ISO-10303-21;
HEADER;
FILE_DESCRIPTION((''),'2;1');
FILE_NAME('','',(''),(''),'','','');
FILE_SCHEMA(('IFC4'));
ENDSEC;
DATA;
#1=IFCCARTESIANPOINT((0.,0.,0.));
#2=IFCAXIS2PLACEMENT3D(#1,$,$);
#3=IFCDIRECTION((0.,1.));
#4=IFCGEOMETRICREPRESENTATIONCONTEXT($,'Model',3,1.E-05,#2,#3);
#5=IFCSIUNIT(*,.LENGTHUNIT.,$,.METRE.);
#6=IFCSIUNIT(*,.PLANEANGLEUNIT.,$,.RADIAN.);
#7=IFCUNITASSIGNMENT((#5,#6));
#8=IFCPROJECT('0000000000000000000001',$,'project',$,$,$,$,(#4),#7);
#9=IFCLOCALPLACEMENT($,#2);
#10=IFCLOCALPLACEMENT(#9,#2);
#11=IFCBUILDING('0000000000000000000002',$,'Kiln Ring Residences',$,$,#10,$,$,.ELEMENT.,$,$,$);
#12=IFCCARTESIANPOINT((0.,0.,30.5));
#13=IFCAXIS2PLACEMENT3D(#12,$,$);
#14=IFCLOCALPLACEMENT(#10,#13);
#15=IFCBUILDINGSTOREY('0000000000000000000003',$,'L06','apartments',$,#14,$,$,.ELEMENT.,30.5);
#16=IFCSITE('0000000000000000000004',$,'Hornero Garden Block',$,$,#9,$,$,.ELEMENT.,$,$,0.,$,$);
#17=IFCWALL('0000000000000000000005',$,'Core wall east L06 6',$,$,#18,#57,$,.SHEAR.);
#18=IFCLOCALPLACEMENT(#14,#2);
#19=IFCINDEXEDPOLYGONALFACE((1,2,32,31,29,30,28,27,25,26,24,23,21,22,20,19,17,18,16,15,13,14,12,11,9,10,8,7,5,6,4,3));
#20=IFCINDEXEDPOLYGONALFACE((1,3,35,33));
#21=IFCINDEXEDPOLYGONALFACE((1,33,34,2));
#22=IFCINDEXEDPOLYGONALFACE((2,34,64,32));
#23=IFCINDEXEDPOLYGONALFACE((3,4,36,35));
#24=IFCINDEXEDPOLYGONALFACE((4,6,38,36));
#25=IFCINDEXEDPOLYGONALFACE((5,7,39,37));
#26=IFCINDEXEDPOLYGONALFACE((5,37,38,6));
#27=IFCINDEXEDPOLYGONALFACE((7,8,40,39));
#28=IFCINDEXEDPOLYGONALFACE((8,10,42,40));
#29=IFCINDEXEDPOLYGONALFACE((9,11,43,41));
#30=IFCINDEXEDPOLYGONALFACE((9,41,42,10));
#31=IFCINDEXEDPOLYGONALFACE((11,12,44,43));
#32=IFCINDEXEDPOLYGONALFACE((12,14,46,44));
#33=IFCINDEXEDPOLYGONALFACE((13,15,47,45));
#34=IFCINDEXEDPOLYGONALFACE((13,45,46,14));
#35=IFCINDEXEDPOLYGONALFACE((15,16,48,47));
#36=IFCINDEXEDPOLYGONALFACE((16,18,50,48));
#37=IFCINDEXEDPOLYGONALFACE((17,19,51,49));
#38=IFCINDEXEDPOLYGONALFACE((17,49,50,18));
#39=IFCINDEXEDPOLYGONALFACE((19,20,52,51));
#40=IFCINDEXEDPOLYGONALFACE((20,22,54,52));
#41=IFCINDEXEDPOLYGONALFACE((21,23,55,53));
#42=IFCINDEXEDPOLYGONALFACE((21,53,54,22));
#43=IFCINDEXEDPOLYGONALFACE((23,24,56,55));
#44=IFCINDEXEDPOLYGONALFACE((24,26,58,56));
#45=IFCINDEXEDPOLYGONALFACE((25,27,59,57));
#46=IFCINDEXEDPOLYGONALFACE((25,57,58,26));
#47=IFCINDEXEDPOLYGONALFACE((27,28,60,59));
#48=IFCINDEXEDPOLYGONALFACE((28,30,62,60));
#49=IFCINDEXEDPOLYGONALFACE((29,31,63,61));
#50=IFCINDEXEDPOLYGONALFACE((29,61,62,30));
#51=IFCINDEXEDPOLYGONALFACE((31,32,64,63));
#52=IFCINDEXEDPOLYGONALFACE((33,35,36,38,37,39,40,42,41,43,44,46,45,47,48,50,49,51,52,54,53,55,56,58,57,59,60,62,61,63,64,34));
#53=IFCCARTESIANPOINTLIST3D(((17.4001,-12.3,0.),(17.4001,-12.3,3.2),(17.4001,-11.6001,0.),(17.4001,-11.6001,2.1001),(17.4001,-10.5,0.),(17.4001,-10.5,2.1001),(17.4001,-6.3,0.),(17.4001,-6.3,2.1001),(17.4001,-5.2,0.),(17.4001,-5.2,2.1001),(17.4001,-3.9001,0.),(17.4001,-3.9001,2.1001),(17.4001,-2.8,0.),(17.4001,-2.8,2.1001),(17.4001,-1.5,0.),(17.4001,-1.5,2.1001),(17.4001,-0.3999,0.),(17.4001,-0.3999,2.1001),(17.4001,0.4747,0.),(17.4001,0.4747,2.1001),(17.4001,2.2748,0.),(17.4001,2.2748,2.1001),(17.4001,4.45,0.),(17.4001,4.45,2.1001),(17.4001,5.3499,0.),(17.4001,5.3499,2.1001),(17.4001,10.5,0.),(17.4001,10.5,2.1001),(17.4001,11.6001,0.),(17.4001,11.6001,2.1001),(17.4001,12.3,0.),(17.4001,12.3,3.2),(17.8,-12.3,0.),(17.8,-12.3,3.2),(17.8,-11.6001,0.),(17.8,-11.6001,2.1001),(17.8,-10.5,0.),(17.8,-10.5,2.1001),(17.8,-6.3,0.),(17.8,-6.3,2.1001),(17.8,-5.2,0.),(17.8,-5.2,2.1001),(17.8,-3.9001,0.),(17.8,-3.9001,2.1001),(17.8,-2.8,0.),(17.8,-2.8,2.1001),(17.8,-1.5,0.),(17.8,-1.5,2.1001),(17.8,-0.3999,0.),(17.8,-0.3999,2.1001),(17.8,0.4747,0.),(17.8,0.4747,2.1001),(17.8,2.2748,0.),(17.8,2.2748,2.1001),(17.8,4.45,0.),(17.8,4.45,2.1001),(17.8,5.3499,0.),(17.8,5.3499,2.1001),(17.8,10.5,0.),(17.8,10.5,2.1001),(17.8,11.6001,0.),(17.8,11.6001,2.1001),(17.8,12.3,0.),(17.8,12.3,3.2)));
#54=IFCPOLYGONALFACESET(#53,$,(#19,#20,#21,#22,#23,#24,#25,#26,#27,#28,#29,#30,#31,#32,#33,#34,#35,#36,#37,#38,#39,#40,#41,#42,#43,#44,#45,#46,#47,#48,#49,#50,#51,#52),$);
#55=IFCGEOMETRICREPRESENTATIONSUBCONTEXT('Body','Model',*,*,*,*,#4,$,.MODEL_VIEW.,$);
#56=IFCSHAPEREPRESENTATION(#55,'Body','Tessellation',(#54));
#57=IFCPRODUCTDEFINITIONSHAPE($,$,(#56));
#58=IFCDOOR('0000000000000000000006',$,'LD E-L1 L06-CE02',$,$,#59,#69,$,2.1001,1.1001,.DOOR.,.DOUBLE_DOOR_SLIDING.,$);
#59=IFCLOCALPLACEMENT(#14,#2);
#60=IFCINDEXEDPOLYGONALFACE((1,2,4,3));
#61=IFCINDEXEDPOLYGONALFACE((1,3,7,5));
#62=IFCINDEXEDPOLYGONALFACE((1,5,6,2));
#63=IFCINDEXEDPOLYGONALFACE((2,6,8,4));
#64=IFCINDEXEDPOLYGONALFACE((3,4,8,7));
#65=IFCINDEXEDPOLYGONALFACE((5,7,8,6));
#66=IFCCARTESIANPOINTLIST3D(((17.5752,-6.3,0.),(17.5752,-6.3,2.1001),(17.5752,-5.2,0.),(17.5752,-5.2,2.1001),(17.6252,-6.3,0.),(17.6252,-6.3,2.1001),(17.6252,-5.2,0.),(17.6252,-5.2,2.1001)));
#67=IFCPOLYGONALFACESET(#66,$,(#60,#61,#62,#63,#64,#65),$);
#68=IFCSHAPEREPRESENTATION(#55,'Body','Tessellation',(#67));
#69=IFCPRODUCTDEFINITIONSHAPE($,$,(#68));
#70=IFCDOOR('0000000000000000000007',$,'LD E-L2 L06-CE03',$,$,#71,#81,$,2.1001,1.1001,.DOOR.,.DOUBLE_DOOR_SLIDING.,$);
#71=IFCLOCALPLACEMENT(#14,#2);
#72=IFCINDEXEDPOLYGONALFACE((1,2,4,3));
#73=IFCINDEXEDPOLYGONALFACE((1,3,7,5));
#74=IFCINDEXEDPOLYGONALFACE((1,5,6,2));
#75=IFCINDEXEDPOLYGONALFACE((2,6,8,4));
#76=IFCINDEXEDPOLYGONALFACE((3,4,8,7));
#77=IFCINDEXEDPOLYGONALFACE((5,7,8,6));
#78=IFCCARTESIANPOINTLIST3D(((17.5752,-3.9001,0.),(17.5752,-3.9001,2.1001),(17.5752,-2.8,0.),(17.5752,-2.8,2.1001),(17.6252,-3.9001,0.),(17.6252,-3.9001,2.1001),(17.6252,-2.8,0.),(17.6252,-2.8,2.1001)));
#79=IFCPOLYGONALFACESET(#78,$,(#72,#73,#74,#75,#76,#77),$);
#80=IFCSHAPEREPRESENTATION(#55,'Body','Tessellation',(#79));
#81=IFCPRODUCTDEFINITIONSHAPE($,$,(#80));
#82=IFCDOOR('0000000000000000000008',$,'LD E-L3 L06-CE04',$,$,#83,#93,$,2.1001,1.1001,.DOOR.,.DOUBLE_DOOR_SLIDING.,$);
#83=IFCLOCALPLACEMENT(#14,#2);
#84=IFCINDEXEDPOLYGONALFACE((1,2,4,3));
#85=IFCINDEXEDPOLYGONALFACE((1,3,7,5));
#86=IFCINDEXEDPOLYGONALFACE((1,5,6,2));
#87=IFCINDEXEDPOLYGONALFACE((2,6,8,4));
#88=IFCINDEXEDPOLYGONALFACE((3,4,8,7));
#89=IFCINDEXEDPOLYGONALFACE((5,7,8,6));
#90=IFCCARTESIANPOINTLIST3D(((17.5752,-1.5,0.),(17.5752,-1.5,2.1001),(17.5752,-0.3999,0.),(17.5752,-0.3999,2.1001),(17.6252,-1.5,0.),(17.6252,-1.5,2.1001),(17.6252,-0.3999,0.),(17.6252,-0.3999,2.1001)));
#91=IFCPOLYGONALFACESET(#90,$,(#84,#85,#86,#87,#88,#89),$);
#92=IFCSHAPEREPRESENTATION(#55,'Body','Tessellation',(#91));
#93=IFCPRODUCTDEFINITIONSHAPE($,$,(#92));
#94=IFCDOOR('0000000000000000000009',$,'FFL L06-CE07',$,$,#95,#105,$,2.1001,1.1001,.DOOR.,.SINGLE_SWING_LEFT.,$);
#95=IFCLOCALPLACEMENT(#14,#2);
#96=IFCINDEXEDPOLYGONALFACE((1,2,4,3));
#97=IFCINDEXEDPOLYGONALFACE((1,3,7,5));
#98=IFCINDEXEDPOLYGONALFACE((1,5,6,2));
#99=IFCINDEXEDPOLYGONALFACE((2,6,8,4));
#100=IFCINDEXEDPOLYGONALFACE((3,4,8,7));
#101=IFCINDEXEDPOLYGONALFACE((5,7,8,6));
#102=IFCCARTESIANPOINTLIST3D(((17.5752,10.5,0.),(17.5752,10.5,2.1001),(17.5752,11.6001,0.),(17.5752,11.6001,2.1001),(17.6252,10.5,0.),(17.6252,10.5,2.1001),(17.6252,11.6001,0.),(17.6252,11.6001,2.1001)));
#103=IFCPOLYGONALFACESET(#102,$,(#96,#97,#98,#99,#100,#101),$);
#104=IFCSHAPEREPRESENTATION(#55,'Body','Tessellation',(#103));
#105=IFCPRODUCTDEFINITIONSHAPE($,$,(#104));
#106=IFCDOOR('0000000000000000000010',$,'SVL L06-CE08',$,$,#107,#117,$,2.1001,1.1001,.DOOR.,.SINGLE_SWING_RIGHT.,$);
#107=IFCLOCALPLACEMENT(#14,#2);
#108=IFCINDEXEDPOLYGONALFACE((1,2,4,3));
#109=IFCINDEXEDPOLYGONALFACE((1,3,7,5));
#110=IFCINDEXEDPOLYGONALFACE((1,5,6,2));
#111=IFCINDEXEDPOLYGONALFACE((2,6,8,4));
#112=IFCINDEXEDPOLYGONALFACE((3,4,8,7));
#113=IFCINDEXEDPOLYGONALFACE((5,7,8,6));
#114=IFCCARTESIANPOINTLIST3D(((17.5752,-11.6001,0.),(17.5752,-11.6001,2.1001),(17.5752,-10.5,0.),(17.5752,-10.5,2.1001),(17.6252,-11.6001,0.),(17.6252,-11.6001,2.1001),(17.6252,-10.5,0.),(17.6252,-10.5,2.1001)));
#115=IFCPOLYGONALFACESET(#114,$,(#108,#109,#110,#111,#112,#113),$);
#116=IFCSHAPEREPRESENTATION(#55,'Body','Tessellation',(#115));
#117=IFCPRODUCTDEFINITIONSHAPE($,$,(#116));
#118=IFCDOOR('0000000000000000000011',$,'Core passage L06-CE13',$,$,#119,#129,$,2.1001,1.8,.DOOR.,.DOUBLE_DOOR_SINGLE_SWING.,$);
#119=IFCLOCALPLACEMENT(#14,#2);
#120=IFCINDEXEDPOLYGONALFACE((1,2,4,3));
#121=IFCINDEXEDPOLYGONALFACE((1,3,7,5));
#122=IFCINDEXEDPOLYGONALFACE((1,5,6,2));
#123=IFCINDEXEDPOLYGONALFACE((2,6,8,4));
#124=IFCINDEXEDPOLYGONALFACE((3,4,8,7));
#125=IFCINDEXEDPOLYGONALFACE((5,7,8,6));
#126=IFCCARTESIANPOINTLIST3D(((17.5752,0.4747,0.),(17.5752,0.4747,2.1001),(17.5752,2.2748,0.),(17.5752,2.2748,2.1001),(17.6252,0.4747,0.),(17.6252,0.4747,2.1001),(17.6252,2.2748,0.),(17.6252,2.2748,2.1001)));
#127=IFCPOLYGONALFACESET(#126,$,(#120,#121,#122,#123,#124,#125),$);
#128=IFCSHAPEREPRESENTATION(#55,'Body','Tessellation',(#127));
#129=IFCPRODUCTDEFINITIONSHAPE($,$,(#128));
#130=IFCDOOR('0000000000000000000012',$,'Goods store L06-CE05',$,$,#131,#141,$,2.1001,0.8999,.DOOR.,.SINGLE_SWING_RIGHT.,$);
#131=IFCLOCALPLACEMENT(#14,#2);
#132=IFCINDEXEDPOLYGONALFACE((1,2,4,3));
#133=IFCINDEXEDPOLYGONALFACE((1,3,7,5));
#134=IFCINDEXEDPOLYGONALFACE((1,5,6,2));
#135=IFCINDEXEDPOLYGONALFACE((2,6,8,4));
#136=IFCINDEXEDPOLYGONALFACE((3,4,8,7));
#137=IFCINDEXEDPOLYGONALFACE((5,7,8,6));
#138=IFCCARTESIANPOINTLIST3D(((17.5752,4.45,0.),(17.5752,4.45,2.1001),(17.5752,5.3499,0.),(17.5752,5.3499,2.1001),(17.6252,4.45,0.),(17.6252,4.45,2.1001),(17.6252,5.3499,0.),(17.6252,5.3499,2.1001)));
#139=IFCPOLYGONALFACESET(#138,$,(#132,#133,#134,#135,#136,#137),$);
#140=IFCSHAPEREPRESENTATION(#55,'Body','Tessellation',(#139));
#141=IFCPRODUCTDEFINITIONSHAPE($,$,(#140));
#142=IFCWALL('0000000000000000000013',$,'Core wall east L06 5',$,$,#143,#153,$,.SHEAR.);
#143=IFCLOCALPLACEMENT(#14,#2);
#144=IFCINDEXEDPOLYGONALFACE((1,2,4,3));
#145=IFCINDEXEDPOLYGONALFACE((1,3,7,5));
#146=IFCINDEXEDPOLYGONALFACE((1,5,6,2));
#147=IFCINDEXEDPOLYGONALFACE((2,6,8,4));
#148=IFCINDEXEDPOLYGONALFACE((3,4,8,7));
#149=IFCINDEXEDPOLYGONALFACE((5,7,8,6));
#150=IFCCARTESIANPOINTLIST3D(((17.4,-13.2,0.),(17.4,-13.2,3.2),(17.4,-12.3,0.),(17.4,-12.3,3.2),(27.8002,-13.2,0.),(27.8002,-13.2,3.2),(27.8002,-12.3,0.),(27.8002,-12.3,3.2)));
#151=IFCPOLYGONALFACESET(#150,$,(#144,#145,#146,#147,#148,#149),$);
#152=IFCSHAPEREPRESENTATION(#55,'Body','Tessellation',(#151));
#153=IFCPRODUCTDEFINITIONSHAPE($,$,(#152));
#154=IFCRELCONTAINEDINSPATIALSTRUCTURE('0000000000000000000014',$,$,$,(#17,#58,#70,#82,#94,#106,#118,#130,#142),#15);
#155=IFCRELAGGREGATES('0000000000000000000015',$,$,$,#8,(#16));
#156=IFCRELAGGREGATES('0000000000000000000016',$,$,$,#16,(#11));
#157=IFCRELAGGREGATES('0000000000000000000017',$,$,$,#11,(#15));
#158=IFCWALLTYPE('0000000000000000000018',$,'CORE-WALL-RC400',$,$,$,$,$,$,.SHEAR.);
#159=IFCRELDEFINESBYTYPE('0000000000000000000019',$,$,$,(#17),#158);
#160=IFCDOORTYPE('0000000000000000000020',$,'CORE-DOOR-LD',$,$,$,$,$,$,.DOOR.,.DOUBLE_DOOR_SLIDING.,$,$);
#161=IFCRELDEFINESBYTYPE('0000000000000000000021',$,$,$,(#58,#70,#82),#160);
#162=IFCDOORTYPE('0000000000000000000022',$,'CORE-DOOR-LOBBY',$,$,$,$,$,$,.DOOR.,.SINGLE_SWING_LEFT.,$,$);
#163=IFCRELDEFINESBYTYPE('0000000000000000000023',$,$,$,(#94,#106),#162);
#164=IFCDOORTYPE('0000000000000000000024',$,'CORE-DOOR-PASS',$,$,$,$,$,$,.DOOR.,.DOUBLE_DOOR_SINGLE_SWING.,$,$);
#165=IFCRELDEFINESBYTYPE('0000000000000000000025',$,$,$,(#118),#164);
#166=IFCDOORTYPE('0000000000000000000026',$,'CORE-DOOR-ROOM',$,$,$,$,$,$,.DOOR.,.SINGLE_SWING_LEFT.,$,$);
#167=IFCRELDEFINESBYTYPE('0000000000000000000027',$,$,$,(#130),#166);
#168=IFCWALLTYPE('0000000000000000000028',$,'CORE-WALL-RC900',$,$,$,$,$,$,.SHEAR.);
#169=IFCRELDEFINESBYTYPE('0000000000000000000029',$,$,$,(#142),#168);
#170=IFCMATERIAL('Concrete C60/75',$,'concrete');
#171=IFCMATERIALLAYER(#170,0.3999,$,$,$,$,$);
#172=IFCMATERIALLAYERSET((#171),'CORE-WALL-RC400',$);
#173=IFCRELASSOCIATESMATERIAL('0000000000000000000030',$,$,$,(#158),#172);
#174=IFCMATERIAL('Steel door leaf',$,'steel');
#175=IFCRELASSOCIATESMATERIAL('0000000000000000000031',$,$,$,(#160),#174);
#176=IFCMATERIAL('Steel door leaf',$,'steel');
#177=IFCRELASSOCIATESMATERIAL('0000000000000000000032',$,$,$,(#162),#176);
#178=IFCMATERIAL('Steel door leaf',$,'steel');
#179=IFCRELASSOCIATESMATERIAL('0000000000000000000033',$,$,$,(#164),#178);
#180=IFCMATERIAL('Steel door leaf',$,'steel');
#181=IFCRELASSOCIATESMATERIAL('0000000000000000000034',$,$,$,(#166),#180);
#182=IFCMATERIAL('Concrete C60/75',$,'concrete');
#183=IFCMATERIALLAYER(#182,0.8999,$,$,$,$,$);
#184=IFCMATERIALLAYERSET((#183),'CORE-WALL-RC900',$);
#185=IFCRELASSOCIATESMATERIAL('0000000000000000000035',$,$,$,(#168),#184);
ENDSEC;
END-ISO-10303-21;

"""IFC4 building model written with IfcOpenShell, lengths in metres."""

from ifc_helpers import new_model, si_unit, direction, frame, frame_2d, origin, place, context, subcontext, project, spatial, rectangle, extrude, material, layer, layer_set, type_object, element, fill, save


model = new_model("IFC4")

# Units and contexts
model_context = context("Model", 3, precision=1e-05, world=origin(), true_north=direction((0.0, 1.0)))
body_context = subcontext(model_context, "Body", "Model", "MODEL_VIEW")
ifc_project = project(units=[si_unit("LENGTHUNIT", "METRE"), si_unit("PLANEANGLEUNIT", "RADIAN")], contexts=[model_context])

# Site, building, storey
site_placement = place(None, origin())
site = spatial("IfcSite", under=ifc_project, at=site_placement, Name="Hornero Garden Block", CompositionType="ELEMENT", RefElevation=0.0)
building_placement = place(site_placement, origin())
building = spatial("IfcBuilding", under=site, at=building_placement, Name="Kiln Ring Residences", CompositionType="ELEMENT")
storey_placement = place(building_placement, frame((0.0, 0.0, 30.5)))
storey = spatial("IfcBuildingStorey", under=building, at=storey_placement, Name="L06", Description="apartments", CompositionType="ELEMENT", Elevation=30.5)

# Wall, openings, doors
ifc_material_1 = material(Name="Concrete C60/75", Category="concrete")
ifc_layer_1 = layer(ifc_material_1, 0.3999)
ifc_layer_set_1 = layer_set([ifc_layer_1], Name="CORE-WALL-RC400")
wall_type_1 = type_object("IfcWallType", Name="CORE-WALL-RC400", PredefinedType="SHEAR", material=ifc_layer_set_1)
wall_1_placement = place(storey_placement, frame((17.6001, -12.3, 0.0), z_axis=(0.0, 0.0, 1.0), x_axis=(0.0, 1.0, 0.0)))
wall_1 = element("IfcWall", 1, at=wall_1_placement, inside=storey, type_object=wall_type_1, Name="Core wall east L06 6", PredefinedType="SHEAR", context=body_context, shape_type="SweptSolid", body=[
    extrude(rectangle(XDim=24.6001, YDim=0.3999, at=frame_2d((12.3, 0.0))), origin(), (0.0, 0.0, 1.0), 3.2),
])
opening_1_placement = place(wall_1_placement, frame((6.0, 0.0, 0.0)))
opening_1 = element("IfcOpeningElement", 2, at=opening_1_placement, cuts=wall_1, PredefinedType="OPENING", context=body_context, shape_type="SweptSolid", body=[
    extrude(rectangle(XDim=1.1001, YDim=2.1001, at=frame_2d((0.55, 1.05))), frame((0.0, 0.21, 0.0), z_axis=(0.0, -1.0, 0.0), x_axis=(1.0, 0.0, 0.0)), (0.0, 0.0, 1.0), 0.4199),
])
opening_2_placement = place(wall_1_placement, frame((8.3999, 0.0, 0.0)))
opening_2 = element("IfcOpeningElement", 3, at=opening_2_placement, cuts=wall_1, PredefinedType="OPENING", context=body_context, shape_type="SweptSolid", body=[
    extrude(rectangle(XDim=1.1001, YDim=2.1001, at=frame_2d((0.55, 1.05))), frame((0.0, 0.21, 0.0), z_axis=(0.0, -1.0, 0.0), x_axis=(1.0, 0.0, 0.0)), (0.0, 0.0, 1.0), 0.4199),
])
opening_3_placement = place(wall_1_placement, frame((10.8, 0.0, 0.0)))
opening_3 = element("IfcOpeningElement", 4, at=opening_3_placement, cuts=wall_1, PredefinedType="OPENING", context=body_context, shape_type="SweptSolid", body=[
    extrude(rectangle(XDim=1.1001, YDim=2.1001, at=frame_2d((0.55, 1.05))), frame((0.0, 0.21, 0.0), z_axis=(0.0, -1.0, 0.0), x_axis=(1.0, 0.0, 0.0)), (0.0, 0.0, 1.0), 0.4199),
])
opening_4_placement = place(wall_1_placement, frame((16.75, 0.0, 0.0)))
opening_4 = element("IfcOpeningElement", 5, at=opening_4_placement, cuts=wall_1, PredefinedType="OPENING", context=body_context, shape_type="SweptSolid", body=[
    extrude(rectangle(XDim=0.8999, YDim=2.1001, at=frame_2d((0.45, 1.05))), frame((0.0, 0.21, 0.0), z_axis=(0.0, -1.0, 0.0), x_axis=(1.0, 0.0, 0.0)), (0.0, 0.0, 1.0), 0.4199),
])
opening_5_placement = place(wall_1_placement, frame((22.8, 0.0, 0.0)))
opening_5 = element("IfcOpeningElement", 6, at=opening_5_placement, cuts=wall_1, PredefinedType="OPENING", context=body_context, shape_type="SweptSolid", body=[
    extrude(rectangle(XDim=1.1001, YDim=2.1001, at=frame_2d((0.55, 1.05))), frame((0.0, 0.21, 0.0), z_axis=(0.0, -1.0, 0.0), x_axis=(1.0, 0.0, 0.0)), (0.0, 0.0, 1.0), 0.4199),
])
opening_6_placement = place(wall_1_placement, frame((0.7, 0.0, 0.0)))
opening_6 = element("IfcOpeningElement", 7, at=opening_6_placement, cuts=wall_1, PredefinedType="OPENING", context=body_context, shape_type="SweptSolid", body=[
    extrude(rectangle(XDim=1.1001, YDim=2.1001, at=frame_2d((0.55, 1.05))), frame((0.0, 0.21, 0.0), z_axis=(0.0, -1.0, 0.0), x_axis=(1.0, 0.0, 0.0)), (0.0, 0.0, 1.0), 0.4199),
])
opening_7_placement = place(wall_1_placement, frame((12.7749, 0.0, 0.0)))
opening_7 = element("IfcOpeningElement", 8, at=opening_7_placement, cuts=wall_1, PredefinedType="OPENING", context=body_context, shape_type="SweptSolid", body=[
    extrude(rectangle(XDim=1.8, YDim=2.1001, at=frame_2d((0.8999, 1.05))), frame((0.0, 0.21, 0.0), z_axis=(0.0, -1.0, 0.0), x_axis=(1.0, 0.0, 0.0)), (0.0, 0.0, 1.0), 0.4199),
])
ifc_material_2 = material(Name="Steel door leaf", Category="steel")
door_type_1 = type_object("IfcDoorType", Name="CORE-DOOR-LD", OperationType="DOUBLE_DOOR_SLIDING", PredefinedType="DOOR", material=ifc_material_2)
door_1_placement = place(opening_1_placement, origin())
door_1 = element("IfcDoor", 9, at=door_1_placement, inside=storey, type_object=door_type_1, Name="LD E-L1 L06-CE02", OperationType="DOUBLE_DOOR_SLIDING", OverallHeight=2.1001, OverallWidth=1.1001, PredefinedType="DOOR", context=body_context, shape_type="SweptSolid", body=[
    extrude(rectangle(XDim=1.1001, YDim=2.1001, at=frame_2d((0.55, 1.05))), frame((0.0, 0.0249, 0.0), z_axis=(0.0, -1.0, 0.0), x_axis=(1.0, 0.0, 0.0)), (0.0, 0.0, 1.0), 0.05),
])
fill(opening_1, door_1)
door_2_placement = place(opening_2_placement, origin())
door_2 = element("IfcDoor", 10, at=door_2_placement, inside=storey, type_object=door_type_1, Name="LD E-L2 L06-CE03", OperationType="DOUBLE_DOOR_SLIDING", OverallHeight=2.1001, OverallWidth=1.1001, PredefinedType="DOOR", context=body_context, shape_type="SweptSolid", body=[
    extrude(rectangle(XDim=1.1001, YDim=2.1001, at=frame_2d((0.55, 1.05))), frame((0.0, 0.0249, 0.0), z_axis=(0.0, -1.0, 0.0), x_axis=(1.0, 0.0, 0.0)), (0.0, 0.0, 1.0), 0.05),
])
fill(opening_2, door_2)
door_3_placement = place(opening_3_placement, origin())
door_3 = element("IfcDoor", 11, at=door_3_placement, inside=storey, type_object=door_type_1, Name="LD E-L3 L06-CE04", OperationType="DOUBLE_DOOR_SLIDING", OverallHeight=2.1001, OverallWidth=1.1001, PredefinedType="DOOR", context=body_context, shape_type="SweptSolid", body=[
    extrude(rectangle(XDim=1.1001, YDim=2.1001, at=frame_2d((0.55, 1.05))), frame((0.0, 0.0249, 0.0), z_axis=(0.0, -1.0, 0.0), x_axis=(1.0, 0.0, 0.0)), (0.0, 0.0, 1.0), 0.05),
])
fill(opening_3, door_3)
ifc_material_3 = material(Name="Steel door leaf", Category="steel")
door_type_2 = type_object("IfcDoorType", Name="CORE-DOOR-LOBBY", OperationType="SINGLE_SWING_LEFT", PredefinedType="DOOR", material=ifc_material_3)
door_4_placement = place(opening_5_placement, origin())
door_4 = element("IfcDoor", 12, at=door_4_placement, inside=storey, type_object=door_type_2, Name="FFL L06-CE07", OperationType="SINGLE_SWING_LEFT", OverallHeight=2.1001, OverallWidth=1.1001, PredefinedType="DOOR", context=body_context, shape_type="SweptSolid", body=[
    extrude(rectangle(XDim=1.1001, YDim=2.1001, at=frame_2d((0.55, 1.05))), frame((0.0, 0.0249, 0.0), z_axis=(0.0, -1.0, 0.0), x_axis=(1.0, 0.0, 0.0)), (0.0, 0.0, 1.0), 0.05),
])
fill(opening_5, door_4)
door_5_placement = place(opening_6_placement, origin())
door_5 = element("IfcDoor", 13, at=door_5_placement, inside=storey, type_object=door_type_2, Name="SVL L06-CE08", OperationType="SINGLE_SWING_RIGHT", OverallHeight=2.1001, OverallWidth=1.1001, PredefinedType="DOOR", context=body_context, shape_type="SweptSolid", body=[
    extrude(rectangle(XDim=1.1001, YDim=2.1001, at=frame_2d((0.55, 1.05))), frame((0.0, 0.0249, 0.0), z_axis=(0.0, -1.0, 0.0), x_axis=(1.0, 0.0, 0.0)), (0.0, 0.0, 1.0), 0.05),
])
fill(opening_6, door_5)
ifc_material_4 = material(Name="Steel door leaf", Category="steel")
door_type_3 = type_object("IfcDoorType", Name="CORE-DOOR-PASS", OperationType="DOUBLE_DOOR_SINGLE_SWING", PredefinedType="DOOR", material=ifc_material_4)
door_6_placement = place(opening_7_placement, origin())
door_6 = element("IfcDoor", 14, at=door_6_placement, inside=storey, type_object=door_type_3, Name="Core passage L06-CE13", OperationType="DOUBLE_DOOR_SINGLE_SWING", OverallHeight=2.1001, OverallWidth=1.8, PredefinedType="DOOR", context=body_context, shape_type="SweptSolid", body=[
    extrude(rectangle(XDim=1.8, YDim=2.1001, at=frame_2d((0.8999, 1.05))), frame((0.0, 0.0249, 0.0), z_axis=(0.0, -1.0, 0.0), x_axis=(1.0, 0.0, 0.0)), (0.0, 0.0, 1.0), 0.05),
])
fill(opening_7, door_6)
ifc_material_5 = material(Name="Steel door leaf", Category="steel")
door_type_4 = type_object("IfcDoorType", Name="CORE-DOOR-ROOM", OperationType="SINGLE_SWING_LEFT", PredefinedType="DOOR", material=ifc_material_5)
door_7_placement = place(opening_4_placement, origin())
door_7 = element("IfcDoor", 15, at=door_7_placement, inside=storey, type_object=door_type_4, Name="Goods store L06-CE05", OperationType="SINGLE_SWING_RIGHT", OverallHeight=2.1001, OverallWidth=0.8999, PredefinedType="DOOR", context=body_context, shape_type="SweptSolid", body=[
    extrude(rectangle(XDim=0.8999, YDim=2.1001, at=frame_2d((0.45, 1.05))), frame((0.0, 0.0249, 0.0), z_axis=(0.0, -1.0, 0.0), x_axis=(1.0, 0.0, 0.0)), (0.0, 0.0, 1.0), 0.05),
])
fill(opening_4, door_7)

# Wall
ifc_material_6 = material(Name="Concrete C60/75", Category="concrete")
ifc_layer_2 = layer(ifc_material_6, 0.8999)
ifc_layer_set_2 = layer_set([ifc_layer_2], Name="CORE-WALL-RC900")
wall_type_2 = type_object("IfcWallType", Name="CORE-WALL-RC900", PredefinedType="SHEAR", material=ifc_layer_set_2)
wall_2_placement = place(storey_placement, frame((17.3999, -12.75, 0.0), z_axis=(0.0, 0.0, 1.0), x_axis=(1.0, 0.0, 0.0)))
element("IfcWall", 16, at=wall_2_placement, inside=storey, type_object=wall_type_2, Name="Core wall east L06 5", PredefinedType="SHEAR", context=body_context, shape_type="SweptSolid", body=[
    extrude(rectangle(XDim=10.4001, YDim=0.8999, at=frame_2d((5.2002, 0.0))), origin(), (0.0, 0.0, 1.0), 3.2),
])

save(model, "model.ifc")
